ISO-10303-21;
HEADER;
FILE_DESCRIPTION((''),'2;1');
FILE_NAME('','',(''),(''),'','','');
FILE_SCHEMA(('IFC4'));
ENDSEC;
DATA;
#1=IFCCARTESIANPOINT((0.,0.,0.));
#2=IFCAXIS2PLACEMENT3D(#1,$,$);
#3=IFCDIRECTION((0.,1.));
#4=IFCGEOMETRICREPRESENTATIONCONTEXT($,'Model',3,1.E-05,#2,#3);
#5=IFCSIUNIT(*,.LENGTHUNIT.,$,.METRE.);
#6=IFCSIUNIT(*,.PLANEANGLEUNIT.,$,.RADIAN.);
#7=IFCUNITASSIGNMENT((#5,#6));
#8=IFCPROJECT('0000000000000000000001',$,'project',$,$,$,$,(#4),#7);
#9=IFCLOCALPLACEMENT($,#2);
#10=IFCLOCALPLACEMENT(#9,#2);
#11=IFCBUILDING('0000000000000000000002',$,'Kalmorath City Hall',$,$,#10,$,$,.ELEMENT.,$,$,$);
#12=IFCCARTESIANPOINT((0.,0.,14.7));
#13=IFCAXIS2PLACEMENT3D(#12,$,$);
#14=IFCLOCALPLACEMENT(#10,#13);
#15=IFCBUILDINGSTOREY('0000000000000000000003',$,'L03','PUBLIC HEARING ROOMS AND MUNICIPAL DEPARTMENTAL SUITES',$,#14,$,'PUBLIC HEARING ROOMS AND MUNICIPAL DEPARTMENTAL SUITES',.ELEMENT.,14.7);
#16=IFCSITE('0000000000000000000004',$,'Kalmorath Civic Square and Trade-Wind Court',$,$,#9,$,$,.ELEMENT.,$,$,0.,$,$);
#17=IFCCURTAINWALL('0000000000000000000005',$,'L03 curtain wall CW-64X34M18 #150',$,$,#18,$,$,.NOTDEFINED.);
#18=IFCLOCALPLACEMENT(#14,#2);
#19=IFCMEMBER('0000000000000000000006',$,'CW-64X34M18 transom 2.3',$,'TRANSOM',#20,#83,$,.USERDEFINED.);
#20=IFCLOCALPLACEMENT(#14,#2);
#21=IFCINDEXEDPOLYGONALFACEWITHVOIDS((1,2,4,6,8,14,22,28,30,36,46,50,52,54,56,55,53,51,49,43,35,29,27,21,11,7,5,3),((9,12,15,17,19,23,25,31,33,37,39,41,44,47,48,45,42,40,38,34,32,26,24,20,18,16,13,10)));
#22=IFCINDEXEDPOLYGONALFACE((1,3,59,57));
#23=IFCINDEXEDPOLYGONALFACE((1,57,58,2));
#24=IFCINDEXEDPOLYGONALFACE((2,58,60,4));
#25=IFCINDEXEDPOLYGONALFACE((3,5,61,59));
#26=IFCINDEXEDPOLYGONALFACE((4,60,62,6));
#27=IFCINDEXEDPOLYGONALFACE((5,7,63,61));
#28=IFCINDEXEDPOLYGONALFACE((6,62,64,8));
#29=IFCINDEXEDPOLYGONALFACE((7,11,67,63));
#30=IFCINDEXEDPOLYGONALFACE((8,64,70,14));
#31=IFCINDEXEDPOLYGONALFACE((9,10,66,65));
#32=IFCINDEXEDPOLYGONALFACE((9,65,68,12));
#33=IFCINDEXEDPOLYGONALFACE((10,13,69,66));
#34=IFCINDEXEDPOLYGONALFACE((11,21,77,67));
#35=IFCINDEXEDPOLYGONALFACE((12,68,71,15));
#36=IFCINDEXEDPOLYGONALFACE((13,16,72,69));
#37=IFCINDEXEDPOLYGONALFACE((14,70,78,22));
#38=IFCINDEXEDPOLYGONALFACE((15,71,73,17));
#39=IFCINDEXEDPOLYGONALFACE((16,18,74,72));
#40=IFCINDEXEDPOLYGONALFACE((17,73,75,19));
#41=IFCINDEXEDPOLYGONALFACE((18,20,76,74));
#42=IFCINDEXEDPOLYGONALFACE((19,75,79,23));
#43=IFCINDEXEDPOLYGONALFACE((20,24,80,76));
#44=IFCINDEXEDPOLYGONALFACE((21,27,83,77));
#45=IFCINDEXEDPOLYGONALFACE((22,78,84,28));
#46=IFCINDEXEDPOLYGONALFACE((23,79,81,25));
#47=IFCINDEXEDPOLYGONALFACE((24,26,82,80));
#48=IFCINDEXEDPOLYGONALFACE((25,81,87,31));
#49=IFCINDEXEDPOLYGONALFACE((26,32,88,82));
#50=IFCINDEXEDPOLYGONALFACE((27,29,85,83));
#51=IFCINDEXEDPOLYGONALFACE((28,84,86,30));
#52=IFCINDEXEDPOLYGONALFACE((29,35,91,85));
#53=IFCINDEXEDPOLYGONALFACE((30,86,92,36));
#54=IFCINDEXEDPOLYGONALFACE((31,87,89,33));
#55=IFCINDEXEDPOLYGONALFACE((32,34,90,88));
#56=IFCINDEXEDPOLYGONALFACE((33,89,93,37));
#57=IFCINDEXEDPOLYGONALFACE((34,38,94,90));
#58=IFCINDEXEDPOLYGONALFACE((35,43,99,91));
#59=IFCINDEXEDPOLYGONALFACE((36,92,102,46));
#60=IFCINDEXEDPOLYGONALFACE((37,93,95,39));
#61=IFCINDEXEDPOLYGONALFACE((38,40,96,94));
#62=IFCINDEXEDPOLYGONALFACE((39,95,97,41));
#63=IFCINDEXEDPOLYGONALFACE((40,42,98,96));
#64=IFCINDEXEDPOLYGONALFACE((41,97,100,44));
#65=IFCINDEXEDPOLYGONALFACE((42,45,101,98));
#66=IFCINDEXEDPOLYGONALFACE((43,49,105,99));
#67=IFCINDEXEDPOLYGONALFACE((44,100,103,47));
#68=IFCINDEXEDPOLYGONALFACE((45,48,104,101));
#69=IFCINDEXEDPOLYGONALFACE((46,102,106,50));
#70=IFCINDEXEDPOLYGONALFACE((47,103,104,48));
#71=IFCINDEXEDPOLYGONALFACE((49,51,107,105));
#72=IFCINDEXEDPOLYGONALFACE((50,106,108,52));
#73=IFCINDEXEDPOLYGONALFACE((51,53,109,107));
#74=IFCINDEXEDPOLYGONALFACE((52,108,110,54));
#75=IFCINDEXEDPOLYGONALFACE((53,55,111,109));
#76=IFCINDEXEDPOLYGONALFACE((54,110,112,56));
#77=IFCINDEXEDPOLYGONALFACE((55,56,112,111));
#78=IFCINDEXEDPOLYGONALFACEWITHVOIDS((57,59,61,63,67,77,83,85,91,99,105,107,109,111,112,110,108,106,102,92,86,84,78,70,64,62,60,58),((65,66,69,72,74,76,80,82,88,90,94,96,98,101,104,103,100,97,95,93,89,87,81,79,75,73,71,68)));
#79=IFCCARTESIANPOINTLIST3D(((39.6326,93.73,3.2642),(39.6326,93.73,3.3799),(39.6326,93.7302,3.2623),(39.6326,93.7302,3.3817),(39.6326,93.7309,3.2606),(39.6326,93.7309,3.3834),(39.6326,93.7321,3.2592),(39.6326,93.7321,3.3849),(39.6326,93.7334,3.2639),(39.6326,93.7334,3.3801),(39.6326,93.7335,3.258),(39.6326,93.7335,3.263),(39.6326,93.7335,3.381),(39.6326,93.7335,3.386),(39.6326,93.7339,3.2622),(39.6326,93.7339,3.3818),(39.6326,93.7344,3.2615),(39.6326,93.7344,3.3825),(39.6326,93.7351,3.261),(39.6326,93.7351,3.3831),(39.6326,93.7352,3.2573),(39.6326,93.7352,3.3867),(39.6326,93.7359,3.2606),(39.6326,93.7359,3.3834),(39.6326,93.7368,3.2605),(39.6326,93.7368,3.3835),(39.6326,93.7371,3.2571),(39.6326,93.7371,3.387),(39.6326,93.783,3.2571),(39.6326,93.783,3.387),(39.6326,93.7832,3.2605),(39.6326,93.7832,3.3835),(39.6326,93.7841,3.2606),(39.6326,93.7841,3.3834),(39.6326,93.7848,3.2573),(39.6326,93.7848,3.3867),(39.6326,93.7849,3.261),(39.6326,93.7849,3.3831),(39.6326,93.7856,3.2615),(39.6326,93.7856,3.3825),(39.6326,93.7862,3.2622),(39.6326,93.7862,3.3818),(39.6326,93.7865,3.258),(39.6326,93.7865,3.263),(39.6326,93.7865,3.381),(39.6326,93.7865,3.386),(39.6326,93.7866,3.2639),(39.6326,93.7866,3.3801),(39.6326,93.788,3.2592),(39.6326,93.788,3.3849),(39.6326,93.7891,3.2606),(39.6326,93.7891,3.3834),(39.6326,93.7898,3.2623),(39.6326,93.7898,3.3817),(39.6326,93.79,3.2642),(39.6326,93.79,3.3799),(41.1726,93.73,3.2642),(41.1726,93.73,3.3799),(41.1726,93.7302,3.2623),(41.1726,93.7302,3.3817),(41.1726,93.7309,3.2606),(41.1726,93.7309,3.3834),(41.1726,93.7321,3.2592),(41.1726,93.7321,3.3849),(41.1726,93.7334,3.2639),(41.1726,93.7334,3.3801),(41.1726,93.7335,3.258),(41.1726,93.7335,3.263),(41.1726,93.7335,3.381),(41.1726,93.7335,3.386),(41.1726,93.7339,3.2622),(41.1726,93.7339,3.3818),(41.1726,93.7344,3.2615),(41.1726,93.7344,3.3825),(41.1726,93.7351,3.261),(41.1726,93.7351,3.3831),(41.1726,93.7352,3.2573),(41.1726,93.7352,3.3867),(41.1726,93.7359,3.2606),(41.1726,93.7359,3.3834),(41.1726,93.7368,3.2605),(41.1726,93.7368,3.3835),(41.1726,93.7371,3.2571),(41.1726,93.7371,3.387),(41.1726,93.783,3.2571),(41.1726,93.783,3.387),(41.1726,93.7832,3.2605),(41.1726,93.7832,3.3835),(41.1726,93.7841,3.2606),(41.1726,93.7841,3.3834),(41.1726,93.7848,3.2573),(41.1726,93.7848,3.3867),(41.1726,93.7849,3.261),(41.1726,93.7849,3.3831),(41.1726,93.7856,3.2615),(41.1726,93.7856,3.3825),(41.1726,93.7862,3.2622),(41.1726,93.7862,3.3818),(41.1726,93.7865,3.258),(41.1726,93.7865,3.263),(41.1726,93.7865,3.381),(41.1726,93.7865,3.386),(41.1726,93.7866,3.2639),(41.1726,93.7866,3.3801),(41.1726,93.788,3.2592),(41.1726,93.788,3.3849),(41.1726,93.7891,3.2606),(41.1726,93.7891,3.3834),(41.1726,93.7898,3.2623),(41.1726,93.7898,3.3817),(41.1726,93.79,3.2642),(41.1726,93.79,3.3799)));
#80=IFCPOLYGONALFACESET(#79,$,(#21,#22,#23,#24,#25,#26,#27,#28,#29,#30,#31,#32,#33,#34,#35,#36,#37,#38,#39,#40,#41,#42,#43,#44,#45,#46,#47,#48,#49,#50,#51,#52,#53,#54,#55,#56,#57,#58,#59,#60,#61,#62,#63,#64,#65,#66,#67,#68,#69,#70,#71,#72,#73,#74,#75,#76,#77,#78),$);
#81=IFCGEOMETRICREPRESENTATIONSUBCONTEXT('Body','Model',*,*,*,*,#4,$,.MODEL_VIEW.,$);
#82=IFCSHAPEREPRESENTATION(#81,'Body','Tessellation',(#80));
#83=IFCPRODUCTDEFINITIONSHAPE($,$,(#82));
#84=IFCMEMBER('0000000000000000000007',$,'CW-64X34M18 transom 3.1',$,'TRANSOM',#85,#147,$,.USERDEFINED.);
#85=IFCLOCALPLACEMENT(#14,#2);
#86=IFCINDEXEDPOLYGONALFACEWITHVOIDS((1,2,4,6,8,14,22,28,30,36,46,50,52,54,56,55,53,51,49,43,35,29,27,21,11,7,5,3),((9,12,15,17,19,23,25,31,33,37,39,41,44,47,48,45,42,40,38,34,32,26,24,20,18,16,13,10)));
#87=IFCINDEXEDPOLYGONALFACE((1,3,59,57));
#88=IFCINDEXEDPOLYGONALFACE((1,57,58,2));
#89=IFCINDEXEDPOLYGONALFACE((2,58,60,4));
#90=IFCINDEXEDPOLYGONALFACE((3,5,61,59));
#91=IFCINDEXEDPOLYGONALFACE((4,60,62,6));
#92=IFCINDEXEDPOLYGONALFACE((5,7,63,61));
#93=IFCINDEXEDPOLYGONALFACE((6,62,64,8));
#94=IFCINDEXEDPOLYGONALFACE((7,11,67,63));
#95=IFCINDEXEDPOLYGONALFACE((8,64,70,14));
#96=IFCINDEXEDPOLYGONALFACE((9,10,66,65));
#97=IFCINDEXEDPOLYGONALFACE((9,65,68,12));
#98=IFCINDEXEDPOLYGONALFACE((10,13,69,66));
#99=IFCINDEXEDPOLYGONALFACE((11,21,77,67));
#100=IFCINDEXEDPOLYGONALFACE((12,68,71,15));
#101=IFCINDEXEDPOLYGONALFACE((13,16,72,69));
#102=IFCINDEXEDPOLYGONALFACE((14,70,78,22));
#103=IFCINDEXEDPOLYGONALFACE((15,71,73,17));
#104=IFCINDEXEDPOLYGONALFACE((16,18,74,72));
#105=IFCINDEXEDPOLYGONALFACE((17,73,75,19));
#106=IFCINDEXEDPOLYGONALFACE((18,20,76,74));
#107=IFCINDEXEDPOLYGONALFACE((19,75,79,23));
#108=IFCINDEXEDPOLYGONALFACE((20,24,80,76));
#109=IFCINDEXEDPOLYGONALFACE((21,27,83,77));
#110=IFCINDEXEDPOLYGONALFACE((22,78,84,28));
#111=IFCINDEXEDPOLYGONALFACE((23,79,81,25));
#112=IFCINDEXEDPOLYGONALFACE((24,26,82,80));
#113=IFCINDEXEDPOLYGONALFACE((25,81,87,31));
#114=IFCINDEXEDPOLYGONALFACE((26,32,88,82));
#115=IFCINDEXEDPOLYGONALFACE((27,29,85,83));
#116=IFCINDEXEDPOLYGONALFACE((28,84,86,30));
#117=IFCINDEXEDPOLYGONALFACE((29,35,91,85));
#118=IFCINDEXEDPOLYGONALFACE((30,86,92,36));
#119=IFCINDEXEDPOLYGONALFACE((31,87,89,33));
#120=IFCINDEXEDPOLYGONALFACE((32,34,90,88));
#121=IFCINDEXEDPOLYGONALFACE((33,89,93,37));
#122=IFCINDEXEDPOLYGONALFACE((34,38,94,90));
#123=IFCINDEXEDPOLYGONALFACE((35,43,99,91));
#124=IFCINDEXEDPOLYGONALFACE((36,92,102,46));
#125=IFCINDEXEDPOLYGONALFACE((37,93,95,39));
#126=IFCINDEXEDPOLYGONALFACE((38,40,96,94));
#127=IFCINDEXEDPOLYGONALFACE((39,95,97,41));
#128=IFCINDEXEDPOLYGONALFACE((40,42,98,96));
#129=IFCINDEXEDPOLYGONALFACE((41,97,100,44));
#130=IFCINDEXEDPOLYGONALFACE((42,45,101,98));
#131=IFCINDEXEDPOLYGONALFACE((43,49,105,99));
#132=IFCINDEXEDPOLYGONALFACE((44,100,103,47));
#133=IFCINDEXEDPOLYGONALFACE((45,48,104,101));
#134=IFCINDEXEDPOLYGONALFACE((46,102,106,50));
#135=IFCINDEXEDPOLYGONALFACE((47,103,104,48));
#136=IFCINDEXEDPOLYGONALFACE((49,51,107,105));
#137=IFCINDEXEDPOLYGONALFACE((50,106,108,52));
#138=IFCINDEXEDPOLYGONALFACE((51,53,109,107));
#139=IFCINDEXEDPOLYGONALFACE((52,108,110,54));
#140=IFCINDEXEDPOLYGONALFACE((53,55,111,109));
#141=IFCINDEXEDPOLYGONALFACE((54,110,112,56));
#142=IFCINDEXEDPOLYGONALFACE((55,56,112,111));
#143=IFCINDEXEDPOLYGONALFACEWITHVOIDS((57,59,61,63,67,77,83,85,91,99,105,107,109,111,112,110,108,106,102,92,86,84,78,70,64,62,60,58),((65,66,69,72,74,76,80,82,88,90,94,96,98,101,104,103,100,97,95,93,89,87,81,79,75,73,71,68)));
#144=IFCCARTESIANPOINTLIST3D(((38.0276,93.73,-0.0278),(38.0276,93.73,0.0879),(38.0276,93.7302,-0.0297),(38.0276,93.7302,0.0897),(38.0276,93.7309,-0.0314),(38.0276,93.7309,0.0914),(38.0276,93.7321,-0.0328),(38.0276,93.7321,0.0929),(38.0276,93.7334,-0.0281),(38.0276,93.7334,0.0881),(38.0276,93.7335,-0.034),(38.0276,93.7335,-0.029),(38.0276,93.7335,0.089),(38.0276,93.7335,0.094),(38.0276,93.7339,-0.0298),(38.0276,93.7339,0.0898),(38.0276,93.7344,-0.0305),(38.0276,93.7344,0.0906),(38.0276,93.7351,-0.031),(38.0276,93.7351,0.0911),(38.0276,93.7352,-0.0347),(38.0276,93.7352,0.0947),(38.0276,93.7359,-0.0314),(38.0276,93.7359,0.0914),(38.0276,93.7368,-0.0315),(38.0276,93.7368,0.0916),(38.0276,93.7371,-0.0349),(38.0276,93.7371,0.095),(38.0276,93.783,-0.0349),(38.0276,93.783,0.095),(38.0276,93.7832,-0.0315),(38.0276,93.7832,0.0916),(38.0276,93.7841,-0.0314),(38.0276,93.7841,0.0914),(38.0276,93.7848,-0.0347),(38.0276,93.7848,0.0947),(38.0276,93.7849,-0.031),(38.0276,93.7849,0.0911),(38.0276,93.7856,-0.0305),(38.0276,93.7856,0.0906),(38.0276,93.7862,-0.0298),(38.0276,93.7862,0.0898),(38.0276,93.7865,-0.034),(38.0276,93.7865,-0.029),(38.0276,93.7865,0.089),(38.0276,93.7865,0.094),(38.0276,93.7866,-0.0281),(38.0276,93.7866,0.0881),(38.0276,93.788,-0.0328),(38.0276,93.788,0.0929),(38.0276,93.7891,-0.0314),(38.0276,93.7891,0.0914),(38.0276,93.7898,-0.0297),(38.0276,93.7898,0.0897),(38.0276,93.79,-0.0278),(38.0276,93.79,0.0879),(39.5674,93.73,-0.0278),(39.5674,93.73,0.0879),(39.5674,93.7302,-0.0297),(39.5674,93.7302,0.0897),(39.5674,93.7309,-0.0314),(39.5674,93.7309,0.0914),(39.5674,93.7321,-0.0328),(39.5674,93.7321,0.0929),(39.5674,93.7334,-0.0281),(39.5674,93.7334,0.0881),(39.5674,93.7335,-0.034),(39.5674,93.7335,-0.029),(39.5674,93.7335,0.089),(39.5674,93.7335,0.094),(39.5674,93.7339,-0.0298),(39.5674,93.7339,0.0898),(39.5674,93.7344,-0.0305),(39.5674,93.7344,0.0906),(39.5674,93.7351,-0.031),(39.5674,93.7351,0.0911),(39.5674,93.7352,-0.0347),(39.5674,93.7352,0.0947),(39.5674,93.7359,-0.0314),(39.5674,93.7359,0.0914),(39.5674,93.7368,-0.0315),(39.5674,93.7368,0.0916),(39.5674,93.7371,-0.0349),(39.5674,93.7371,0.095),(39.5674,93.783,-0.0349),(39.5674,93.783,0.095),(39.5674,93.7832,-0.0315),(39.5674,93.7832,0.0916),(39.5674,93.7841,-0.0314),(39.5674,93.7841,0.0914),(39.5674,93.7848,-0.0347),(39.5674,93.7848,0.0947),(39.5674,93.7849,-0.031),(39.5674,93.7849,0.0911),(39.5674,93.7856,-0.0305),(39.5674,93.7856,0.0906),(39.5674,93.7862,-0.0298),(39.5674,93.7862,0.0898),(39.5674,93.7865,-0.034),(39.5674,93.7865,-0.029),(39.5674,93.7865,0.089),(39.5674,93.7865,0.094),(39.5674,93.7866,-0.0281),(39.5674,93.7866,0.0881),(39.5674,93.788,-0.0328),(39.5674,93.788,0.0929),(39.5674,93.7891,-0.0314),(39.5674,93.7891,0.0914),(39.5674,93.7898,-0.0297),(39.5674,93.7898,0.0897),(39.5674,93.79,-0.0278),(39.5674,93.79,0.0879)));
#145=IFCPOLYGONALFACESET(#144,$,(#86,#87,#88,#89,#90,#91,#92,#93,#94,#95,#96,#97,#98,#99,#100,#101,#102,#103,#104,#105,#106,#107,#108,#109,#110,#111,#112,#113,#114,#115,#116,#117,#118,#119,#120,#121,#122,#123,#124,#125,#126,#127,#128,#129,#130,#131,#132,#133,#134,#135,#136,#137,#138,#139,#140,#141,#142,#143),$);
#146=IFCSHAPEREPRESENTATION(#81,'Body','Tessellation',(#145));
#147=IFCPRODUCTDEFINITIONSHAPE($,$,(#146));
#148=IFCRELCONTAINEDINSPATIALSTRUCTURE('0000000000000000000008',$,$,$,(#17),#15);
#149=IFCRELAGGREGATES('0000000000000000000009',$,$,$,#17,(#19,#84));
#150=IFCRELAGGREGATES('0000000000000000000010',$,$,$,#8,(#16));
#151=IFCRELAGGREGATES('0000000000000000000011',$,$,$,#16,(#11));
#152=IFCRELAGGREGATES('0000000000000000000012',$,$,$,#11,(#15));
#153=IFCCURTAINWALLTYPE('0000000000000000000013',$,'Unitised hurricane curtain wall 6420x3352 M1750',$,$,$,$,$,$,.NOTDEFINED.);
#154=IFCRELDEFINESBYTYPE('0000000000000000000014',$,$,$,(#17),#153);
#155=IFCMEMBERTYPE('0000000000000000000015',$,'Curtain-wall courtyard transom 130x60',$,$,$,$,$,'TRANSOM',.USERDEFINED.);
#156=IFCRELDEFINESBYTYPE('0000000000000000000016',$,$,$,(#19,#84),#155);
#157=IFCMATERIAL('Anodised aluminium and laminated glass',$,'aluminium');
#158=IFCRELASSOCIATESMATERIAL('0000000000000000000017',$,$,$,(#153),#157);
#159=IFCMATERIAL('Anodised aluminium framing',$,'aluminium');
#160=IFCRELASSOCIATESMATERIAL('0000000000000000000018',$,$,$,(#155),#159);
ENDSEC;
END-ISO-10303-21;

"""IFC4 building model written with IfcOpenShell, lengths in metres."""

from ifc_helpers import new_model, si_unit, direction, frame, origin, origin_2d, place, context, subcontext, project, spatial, hollow_rectangle, extrude, material, material_profile, profile_set, type_object, element, aggregate, save


model = new_model("IFC4")

# Units and contexts
model_context = context("Model", 3, precision=1e-05, world=origin(), true_north=direction((0.0, 1.0)))
body_context = subcontext(model_context, "Body", "Model", "MODEL_VIEW")
ifc_project = project(units=[si_unit("LENGTHUNIT", "METRE"), si_unit("PLANEANGLEUNIT", "RADIAN")], contexts=[model_context])

# Site, building, storey
site_placement = place(None, origin())
site = spatial("IfcSite", under=ifc_project, at=site_placement, Name="Kalmorath Civic Square and Trade-Wind Court", CompositionType="ELEMENT", RefElevation=0.0)
building_placement = place(site_placement, origin())
building = spatial("IfcBuilding", under=site, at=building_placement, Name="Kalmorath City Hall", CompositionType="ELEMENT")
storey_placement = place(building_placement, frame((0.0, 0.0, 14.7)))
storey = spatial("IfcBuildingStorey", under=building, at=storey_placement, Name="L03", Description="PUBLIC HEARING ROOMS AND MUNICIPAL DEPARTMENTAL SUITES", LongName="PUBLIC HEARING ROOMS AND MUNICIPAL DEPARTMENTAL SUITES", CompositionType="ELEMENT", Elevation=14.7)

# Curtain wall, members
ifc_material_1 = material(Name="Anodised aluminium and laminated glass", Category="aluminium")
curtain_wall_type = type_object("IfcCurtainWallType", Name="Unitised hurricane curtain wall 6420x3352 M1750", PredefinedType="NOTDEFINED", material=ifc_material_1)
curtain_wall_placement = place(storey_placement, origin())
curtain_wall = element("IfcCurtainWall", 1, at=curtain_wall_placement, inside=storey, type_object=curtain_wall_type, Name="L03 curtain wall CW-64X34M18 #150", PredefinedType="NOTDEFINED")
ifc_material_2 = material(Name="Anodised aluminium framing", Category="aluminium")
ifc_material_profile_1 = material_profile(ifc_material_2, hollow_rectangle(XDim=0.0601, YDim=0.1299, WallThickness=0.0034, InnerFilletRadius=0.0034, OuterFilletRadius=0.0071, at=origin_2d()), Name="ALU-TRN-130X60X3.5")
ifc_profile_set_1 = profile_set([ifc_material_profile_1], Name="Anodised aluminium framing")
member_type_1 = type_object("IfcMemberType", Name="Curtain-wall courtyard transom 130x60", ElementType="TRANSOM", PredefinedType="USERDEFINED", material=ifc_profile_set_1)
member_1_placement = place(storey_placement, frame((41.1726, 93.76, 3.322), z_axis=(-1.0, 0.0, 0.0), x_axis=(0.0, -1.0, 0.0)))
member_1 = element("IfcMember", 2, at=member_1_placement, type_object=member_type_1, Name="CW-64X34M18 transom 2.3", ObjectType="TRANSOM", PredefinedType="USERDEFINED", context=body_context, shape_type="SweptSolid", body=[
    extrude(hollow_rectangle(XDim=0.0601, YDim=0.1299, WallThickness=0.0034, InnerFilletRadius=0.0034, OuterFilletRadius=0.0071, at=origin_2d()), origin(), (0.0, 0.0, 1.0), 1.54),
])
member_2_placement = place(storey_placement, frame((39.5674, 93.76, 0.03), z_axis=(-1.0, 0.0, 0.0), x_axis=(0.0, -1.0, 0.0)))
member_2 = element("IfcMember", 3, at=member_2_placement, type_object=member_type_1, Name="CW-64X34M18 transom 3.1", ObjectType="TRANSOM", PredefinedType="USERDEFINED", context=body_context, shape_type="SweptSolid", body=[
    extrude(hollow_rectangle(XDim=0.0601, YDim=0.1299, WallThickness=0.0034, InnerFilletRadius=0.0034, OuterFilletRadius=0.0071, at=origin_2d()), origin(), (0.0, 0.0, 1.0), 1.5398),
])
aggregate(curtain_wall, [member_1, member_2])

save(model, "model.ifc")
